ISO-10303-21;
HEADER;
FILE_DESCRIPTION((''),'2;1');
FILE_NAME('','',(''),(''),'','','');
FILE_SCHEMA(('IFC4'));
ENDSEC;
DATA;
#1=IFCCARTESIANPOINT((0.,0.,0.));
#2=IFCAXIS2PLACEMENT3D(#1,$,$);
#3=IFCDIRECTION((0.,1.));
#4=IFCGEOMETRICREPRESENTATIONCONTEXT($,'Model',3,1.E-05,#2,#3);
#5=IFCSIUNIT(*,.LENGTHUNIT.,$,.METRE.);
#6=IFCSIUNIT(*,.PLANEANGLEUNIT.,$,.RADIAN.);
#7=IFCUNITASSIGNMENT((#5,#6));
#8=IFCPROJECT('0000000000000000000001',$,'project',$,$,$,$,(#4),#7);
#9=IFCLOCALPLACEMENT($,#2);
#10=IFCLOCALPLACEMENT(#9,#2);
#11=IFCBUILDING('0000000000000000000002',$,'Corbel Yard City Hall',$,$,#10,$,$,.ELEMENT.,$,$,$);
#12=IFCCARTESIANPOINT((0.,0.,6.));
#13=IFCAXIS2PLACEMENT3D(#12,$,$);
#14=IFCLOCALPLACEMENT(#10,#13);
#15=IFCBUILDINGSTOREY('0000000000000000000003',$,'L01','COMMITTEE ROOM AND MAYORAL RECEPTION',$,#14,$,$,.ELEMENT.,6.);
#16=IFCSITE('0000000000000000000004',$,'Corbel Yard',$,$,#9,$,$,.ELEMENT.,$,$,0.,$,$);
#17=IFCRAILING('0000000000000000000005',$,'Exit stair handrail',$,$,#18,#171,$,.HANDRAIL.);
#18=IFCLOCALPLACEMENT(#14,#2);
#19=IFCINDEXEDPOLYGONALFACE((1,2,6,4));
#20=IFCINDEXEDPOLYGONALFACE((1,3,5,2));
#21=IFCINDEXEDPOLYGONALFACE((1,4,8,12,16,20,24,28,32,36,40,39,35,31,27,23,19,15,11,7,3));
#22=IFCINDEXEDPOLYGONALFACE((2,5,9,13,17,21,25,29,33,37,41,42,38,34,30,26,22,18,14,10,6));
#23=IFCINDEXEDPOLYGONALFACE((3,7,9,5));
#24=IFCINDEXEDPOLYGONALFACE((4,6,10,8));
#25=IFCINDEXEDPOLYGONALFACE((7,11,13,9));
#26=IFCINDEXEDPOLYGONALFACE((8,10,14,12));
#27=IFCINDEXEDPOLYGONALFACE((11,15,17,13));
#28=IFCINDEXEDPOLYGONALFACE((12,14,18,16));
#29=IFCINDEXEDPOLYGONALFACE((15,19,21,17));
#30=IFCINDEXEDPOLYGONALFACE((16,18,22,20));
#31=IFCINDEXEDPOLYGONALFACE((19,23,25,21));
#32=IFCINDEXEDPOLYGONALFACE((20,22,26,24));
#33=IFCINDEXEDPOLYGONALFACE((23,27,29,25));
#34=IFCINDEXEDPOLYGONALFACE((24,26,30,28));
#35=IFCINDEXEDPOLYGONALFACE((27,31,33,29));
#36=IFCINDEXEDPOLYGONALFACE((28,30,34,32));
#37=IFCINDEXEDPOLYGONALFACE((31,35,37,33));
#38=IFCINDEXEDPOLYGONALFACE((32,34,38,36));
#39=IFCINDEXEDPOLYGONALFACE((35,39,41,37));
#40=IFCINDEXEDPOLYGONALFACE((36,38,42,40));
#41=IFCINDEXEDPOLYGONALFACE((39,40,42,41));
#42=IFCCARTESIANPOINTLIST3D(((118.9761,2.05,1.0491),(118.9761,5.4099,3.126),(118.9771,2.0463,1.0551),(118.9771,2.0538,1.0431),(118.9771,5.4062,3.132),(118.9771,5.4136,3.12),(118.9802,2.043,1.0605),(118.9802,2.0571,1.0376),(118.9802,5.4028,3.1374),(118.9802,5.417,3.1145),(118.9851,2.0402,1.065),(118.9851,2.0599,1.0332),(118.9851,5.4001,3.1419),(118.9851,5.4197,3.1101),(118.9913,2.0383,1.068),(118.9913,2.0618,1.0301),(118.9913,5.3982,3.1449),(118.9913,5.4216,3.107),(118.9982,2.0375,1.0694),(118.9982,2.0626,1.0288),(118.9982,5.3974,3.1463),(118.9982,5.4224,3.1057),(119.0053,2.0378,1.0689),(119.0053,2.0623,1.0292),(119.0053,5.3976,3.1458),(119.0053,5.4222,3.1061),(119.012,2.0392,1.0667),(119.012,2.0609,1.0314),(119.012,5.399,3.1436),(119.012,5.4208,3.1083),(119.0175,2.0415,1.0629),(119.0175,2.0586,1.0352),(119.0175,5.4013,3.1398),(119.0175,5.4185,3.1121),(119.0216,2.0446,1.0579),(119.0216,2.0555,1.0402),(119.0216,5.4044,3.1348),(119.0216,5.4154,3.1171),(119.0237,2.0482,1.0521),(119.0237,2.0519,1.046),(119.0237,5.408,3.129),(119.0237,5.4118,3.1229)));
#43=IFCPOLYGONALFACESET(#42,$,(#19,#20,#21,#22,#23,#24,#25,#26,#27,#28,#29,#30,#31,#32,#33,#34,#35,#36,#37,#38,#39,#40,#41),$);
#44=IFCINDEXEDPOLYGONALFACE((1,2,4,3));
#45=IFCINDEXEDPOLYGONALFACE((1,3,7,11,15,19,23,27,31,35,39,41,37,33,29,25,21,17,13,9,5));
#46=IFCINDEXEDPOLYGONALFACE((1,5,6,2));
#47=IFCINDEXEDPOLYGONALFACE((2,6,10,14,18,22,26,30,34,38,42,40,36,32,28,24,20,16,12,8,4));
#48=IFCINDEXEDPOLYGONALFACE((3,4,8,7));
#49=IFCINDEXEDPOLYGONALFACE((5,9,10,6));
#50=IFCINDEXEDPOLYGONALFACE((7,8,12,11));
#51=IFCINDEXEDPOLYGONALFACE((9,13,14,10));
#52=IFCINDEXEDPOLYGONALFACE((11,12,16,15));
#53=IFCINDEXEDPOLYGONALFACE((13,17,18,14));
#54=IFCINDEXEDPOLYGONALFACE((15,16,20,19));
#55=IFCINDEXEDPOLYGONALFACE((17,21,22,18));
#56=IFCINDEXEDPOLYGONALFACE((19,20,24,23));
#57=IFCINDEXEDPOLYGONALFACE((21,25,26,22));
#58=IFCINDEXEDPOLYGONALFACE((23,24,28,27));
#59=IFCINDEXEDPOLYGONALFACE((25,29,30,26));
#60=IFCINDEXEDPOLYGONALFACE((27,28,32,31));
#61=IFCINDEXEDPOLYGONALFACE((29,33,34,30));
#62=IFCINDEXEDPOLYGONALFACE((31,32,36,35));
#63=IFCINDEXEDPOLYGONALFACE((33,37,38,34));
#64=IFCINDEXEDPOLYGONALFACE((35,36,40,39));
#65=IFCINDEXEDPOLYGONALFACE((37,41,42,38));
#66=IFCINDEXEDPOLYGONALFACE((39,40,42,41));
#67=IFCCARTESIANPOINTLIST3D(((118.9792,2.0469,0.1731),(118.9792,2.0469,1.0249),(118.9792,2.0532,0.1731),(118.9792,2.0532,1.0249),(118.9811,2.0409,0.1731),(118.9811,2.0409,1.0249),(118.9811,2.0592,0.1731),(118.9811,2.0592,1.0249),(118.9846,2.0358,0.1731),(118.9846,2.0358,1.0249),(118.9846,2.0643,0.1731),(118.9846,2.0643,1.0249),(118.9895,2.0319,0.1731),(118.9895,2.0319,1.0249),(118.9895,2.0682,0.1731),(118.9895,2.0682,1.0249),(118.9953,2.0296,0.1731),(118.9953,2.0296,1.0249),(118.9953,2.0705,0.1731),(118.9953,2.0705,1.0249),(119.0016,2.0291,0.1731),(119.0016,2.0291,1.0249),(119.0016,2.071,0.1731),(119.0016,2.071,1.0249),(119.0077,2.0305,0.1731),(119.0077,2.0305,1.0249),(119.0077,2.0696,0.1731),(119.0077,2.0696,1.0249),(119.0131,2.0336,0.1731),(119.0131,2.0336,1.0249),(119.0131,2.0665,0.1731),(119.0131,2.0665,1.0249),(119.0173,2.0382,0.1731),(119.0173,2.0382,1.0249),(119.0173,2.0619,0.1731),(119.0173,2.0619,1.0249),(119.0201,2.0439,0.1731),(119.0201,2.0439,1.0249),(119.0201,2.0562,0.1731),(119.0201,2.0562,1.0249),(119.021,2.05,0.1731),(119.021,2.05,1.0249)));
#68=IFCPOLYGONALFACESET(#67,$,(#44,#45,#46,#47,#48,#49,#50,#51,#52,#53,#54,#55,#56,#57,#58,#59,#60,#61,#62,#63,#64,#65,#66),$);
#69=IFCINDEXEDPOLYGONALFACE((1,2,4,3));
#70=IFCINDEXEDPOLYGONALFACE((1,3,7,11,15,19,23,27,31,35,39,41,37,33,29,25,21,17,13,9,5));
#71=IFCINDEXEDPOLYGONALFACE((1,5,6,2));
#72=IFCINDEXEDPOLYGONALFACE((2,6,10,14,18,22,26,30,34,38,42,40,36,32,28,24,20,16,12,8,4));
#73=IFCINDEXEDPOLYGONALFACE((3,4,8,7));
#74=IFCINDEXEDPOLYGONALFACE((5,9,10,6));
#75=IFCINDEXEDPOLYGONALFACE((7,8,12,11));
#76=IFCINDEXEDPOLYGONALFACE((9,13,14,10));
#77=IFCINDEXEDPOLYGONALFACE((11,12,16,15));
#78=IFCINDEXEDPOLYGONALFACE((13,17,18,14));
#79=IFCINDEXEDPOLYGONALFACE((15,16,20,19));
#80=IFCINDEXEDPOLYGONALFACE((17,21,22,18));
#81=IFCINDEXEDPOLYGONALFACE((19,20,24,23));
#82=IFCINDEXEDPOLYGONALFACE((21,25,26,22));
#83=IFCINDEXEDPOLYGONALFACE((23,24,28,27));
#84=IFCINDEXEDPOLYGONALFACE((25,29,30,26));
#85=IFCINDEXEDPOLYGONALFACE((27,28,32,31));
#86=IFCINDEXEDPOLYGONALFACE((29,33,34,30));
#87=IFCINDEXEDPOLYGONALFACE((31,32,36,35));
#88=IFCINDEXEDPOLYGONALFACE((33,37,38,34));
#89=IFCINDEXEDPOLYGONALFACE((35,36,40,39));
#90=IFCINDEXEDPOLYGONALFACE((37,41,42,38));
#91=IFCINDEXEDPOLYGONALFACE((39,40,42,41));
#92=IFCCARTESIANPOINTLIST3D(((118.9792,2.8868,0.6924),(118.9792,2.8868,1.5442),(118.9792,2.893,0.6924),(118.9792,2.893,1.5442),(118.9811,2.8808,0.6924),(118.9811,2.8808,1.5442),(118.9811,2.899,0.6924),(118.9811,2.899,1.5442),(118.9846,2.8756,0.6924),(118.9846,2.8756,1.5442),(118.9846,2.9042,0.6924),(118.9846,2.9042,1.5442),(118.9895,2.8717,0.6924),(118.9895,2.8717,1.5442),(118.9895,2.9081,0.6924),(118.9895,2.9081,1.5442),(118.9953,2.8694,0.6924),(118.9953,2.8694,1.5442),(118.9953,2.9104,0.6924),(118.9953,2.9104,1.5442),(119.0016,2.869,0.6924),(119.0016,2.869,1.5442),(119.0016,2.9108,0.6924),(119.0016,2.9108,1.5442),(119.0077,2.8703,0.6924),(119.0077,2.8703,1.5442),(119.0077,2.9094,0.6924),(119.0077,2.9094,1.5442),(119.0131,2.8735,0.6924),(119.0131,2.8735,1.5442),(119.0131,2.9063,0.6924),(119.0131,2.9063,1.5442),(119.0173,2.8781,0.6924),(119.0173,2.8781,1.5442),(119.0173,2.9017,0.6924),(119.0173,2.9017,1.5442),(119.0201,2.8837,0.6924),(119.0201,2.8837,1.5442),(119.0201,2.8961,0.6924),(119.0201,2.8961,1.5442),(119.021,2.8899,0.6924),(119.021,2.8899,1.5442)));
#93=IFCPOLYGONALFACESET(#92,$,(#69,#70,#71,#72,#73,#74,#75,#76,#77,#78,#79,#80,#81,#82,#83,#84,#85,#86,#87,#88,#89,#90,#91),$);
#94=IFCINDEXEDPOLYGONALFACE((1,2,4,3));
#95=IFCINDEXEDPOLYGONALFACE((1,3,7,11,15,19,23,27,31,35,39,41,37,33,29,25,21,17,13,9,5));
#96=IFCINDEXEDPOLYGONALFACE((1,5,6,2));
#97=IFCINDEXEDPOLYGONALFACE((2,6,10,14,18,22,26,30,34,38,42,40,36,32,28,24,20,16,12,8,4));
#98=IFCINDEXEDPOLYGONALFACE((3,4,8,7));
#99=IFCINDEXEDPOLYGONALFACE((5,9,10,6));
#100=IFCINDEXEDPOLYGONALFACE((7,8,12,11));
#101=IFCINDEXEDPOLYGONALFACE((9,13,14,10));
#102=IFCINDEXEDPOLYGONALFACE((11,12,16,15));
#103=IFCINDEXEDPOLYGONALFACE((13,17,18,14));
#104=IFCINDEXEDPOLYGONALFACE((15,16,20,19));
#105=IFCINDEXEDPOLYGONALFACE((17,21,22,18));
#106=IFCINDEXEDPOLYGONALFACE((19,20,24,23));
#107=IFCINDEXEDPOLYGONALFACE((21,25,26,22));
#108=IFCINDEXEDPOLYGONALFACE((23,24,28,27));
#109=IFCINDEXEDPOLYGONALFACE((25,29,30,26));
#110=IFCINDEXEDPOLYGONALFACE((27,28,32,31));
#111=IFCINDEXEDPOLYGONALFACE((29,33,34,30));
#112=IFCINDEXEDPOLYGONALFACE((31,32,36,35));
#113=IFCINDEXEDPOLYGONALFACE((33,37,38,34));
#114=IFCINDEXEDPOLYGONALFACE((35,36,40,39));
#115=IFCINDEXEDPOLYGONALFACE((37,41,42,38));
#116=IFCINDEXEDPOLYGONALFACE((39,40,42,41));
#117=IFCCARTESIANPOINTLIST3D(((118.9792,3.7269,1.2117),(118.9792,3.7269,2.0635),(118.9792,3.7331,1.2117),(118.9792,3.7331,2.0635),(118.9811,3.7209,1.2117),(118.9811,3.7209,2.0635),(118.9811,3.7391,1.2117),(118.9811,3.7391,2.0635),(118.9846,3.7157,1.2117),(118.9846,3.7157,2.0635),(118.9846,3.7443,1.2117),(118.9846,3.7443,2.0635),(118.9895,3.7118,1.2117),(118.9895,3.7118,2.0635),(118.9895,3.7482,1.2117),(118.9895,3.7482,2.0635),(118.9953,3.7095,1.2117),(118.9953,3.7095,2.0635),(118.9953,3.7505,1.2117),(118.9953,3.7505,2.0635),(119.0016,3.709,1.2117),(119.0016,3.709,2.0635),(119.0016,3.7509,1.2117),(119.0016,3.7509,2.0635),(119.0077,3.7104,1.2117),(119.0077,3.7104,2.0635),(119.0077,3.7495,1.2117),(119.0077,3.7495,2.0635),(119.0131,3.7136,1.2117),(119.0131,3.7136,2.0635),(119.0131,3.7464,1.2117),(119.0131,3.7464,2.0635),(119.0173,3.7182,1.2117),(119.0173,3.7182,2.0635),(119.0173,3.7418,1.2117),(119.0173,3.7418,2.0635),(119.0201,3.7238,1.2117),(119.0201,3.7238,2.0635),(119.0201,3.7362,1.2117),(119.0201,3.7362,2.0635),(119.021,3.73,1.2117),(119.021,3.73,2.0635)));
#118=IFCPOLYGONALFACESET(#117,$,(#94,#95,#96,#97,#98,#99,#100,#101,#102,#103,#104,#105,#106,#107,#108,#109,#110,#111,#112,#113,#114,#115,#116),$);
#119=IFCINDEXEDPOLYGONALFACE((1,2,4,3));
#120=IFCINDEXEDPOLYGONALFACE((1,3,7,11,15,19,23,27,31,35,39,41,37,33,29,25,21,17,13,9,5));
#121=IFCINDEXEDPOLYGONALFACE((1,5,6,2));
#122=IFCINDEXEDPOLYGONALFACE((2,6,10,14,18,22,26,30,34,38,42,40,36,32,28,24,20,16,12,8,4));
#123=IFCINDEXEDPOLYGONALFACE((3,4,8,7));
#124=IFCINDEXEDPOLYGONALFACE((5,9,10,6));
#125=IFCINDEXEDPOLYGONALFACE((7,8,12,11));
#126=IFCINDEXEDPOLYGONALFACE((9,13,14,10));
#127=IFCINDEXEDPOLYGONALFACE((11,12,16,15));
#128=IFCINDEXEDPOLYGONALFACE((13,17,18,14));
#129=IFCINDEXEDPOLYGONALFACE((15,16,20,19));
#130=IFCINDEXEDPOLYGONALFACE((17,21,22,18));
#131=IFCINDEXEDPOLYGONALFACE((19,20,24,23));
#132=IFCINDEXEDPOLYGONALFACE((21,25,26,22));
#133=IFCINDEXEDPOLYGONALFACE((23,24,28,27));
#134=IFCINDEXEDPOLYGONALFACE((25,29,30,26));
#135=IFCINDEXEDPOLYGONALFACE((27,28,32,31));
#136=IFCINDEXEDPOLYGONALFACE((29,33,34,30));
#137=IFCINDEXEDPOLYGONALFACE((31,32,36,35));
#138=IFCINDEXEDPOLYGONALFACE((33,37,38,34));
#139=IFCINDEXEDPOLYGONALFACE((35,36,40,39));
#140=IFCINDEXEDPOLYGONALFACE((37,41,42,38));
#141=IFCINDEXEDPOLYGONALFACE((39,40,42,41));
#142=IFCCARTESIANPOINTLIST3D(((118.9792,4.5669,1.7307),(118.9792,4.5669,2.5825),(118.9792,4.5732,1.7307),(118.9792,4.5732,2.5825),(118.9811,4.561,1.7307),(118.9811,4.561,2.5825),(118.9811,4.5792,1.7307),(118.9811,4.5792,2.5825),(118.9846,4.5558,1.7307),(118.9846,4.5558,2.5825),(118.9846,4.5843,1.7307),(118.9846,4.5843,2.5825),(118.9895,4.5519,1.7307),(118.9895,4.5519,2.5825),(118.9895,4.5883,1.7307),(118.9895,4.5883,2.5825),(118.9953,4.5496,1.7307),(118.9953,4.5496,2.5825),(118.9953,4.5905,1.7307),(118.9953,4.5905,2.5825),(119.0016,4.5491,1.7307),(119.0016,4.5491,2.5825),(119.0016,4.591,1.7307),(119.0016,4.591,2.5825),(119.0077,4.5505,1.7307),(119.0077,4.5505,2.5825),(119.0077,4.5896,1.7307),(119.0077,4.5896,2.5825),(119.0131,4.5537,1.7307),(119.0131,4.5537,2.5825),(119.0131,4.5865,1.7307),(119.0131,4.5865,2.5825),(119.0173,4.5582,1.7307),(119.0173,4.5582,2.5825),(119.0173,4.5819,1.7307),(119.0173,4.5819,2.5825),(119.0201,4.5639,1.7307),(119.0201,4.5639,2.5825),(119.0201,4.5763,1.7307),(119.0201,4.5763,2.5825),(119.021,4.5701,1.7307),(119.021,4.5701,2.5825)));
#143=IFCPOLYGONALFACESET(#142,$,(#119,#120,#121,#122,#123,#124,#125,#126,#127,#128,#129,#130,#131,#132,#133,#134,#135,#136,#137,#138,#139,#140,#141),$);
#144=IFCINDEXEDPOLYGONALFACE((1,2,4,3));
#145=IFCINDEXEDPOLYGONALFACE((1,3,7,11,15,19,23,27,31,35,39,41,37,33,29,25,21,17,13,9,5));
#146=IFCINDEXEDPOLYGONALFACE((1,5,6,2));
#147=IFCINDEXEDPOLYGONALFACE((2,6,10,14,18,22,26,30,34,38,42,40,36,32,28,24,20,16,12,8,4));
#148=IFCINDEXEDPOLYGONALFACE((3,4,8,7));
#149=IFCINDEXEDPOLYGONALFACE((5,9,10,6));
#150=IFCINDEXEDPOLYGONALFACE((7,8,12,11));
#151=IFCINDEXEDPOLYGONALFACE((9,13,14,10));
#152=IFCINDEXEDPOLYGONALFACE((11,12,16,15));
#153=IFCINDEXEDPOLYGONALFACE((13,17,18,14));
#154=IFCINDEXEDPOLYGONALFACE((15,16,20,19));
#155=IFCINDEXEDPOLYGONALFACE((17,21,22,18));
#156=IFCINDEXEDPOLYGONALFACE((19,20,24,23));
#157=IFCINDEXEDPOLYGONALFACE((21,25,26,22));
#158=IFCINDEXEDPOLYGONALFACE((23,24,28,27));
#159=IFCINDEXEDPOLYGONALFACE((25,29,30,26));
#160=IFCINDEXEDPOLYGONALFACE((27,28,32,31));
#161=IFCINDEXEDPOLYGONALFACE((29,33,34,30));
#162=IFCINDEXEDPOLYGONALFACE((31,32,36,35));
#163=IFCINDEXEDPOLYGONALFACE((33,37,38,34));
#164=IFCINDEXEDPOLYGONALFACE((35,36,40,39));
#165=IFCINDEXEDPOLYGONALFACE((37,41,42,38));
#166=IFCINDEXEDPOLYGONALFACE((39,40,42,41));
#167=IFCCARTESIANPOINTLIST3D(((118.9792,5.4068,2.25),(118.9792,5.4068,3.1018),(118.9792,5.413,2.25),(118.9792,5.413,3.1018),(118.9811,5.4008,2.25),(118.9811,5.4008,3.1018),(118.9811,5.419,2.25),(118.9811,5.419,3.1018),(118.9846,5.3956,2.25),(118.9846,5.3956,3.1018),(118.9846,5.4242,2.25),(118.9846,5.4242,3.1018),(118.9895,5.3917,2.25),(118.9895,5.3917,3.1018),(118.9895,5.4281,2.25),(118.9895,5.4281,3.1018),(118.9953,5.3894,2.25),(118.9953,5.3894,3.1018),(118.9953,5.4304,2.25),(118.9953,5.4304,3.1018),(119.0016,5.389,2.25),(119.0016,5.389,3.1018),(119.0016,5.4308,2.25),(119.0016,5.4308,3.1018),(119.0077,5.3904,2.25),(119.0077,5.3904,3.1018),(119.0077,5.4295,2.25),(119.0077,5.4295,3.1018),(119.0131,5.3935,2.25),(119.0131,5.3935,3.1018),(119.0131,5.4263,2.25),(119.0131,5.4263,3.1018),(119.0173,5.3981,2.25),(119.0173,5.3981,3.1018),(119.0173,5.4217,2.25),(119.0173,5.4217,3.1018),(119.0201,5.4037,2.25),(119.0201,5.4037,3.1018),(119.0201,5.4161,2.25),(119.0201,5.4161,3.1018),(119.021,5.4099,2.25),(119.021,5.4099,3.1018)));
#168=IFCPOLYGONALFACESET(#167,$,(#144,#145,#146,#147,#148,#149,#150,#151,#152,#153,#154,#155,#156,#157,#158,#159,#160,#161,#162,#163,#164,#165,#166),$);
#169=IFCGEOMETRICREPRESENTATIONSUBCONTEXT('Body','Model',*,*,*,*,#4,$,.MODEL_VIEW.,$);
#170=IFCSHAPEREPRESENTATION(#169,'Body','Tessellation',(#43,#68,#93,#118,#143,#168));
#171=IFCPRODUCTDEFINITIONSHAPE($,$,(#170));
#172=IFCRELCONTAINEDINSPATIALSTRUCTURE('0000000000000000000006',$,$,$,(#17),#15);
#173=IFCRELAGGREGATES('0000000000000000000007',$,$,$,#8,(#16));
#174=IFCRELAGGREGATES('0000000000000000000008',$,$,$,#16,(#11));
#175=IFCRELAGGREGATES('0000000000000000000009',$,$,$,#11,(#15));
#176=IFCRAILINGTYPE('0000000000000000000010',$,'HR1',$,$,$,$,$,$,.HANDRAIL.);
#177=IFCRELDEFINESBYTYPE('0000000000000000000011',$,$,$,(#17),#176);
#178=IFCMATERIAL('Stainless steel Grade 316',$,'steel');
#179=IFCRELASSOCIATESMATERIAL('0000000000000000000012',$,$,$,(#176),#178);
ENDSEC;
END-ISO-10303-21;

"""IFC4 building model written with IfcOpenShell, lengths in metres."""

from ifc_helpers import new_model, si_unit, direction, frame, origin, origin_2d, place, context, subcontext, project, spatial, circle, extrude, material, type_object, element, save


model = new_model("IFC4")

# Units and contexts
model_context = context("Model", 3, precision=1e-05, world=origin(), true_north=direction((0.0, 1.0)))
body_context = subcontext(model_context, "Body", "Model", "MODEL_VIEW")
ifc_project = project(units=[si_unit("LENGTHUNIT", "METRE"), si_unit("PLANEANGLEUNIT", "RADIAN")], contexts=[model_context])

# Site, building, storey
site_placement = place(None, origin())
site = spatial("IfcSite", under=ifc_project, at=site_placement, Name="Corbel Yard", CompositionType="ELEMENT", RefElevation=0.0)
building_placement = place(site_placement, origin())
building = spatial("IfcBuilding", under=site, at=building_placement, Name="Corbel Yard City Hall", CompositionType="ELEMENT")
storey_placement = place(building_placement, frame((0.0, 0.0, 6.0)))
storey = spatial("IfcBuildingStorey", under=building, at=storey_placement, Name="L01", Description="COMMITTEE ROOM AND MAYORAL RECEPTION", CompositionType="ELEMENT", Elevation=6.0)

# Shared definitions
ifc_material_1 = material(Name="Stainless steel Grade 316", Category="steel")

# Railing
railing_type_1 = type_object("IfcRailingType", Name="HR1", PredefinedType="HANDRAIL", material=ifc_material_1)
for number, where, name in (
    (1, (119.0, 2.05, 0.1731), "Exit stair handrail"),
):
    element("IfcRailing", number, at=place(storey_placement, frame(where)), inside=storey, type_object=railing_type_1, Name=name, PredefinedType="HANDRAIL", context=body_context, shape_type="SweptSolid", body=[
        extrude(circle(Radius=0.0239, at=origin_2d()), frame((0.0, 0.0, 0.876), z_axis=(0.0, 0.850606, 0.525803), x_axis=(-1.0, 0.0, 0.0)), (0.0, 0.0, 1.0), 3.95),
        extrude(circle(Radius=0.021, at=origin_2d()), origin(), (0.0, 0.0, 1.0), 0.8518),
        extrude(circle(Radius=0.021, at=origin_2d()), frame((0.0, 0.8398, 0.5193)), (0.0, 0.0, 1.0), 0.8518),
        extrude(circle(Radius=0.021, at=origin_2d()), frame((0.0, 1.6799, 1.0386)), (0.0, 0.0, 1.0), 0.8518),
        extrude(circle(Radius=0.021, at=origin_2d()), frame((0.0, 2.52, 1.5576)), (0.0, 0.0, 1.0), 0.8518),
        extrude(circle(Radius=0.021, at=origin_2d()), frame((0.0, 3.3599, 2.0769)), (0.0, 0.0, 1.0), 0.8518),
    ])

save(model, "model.ifc")
